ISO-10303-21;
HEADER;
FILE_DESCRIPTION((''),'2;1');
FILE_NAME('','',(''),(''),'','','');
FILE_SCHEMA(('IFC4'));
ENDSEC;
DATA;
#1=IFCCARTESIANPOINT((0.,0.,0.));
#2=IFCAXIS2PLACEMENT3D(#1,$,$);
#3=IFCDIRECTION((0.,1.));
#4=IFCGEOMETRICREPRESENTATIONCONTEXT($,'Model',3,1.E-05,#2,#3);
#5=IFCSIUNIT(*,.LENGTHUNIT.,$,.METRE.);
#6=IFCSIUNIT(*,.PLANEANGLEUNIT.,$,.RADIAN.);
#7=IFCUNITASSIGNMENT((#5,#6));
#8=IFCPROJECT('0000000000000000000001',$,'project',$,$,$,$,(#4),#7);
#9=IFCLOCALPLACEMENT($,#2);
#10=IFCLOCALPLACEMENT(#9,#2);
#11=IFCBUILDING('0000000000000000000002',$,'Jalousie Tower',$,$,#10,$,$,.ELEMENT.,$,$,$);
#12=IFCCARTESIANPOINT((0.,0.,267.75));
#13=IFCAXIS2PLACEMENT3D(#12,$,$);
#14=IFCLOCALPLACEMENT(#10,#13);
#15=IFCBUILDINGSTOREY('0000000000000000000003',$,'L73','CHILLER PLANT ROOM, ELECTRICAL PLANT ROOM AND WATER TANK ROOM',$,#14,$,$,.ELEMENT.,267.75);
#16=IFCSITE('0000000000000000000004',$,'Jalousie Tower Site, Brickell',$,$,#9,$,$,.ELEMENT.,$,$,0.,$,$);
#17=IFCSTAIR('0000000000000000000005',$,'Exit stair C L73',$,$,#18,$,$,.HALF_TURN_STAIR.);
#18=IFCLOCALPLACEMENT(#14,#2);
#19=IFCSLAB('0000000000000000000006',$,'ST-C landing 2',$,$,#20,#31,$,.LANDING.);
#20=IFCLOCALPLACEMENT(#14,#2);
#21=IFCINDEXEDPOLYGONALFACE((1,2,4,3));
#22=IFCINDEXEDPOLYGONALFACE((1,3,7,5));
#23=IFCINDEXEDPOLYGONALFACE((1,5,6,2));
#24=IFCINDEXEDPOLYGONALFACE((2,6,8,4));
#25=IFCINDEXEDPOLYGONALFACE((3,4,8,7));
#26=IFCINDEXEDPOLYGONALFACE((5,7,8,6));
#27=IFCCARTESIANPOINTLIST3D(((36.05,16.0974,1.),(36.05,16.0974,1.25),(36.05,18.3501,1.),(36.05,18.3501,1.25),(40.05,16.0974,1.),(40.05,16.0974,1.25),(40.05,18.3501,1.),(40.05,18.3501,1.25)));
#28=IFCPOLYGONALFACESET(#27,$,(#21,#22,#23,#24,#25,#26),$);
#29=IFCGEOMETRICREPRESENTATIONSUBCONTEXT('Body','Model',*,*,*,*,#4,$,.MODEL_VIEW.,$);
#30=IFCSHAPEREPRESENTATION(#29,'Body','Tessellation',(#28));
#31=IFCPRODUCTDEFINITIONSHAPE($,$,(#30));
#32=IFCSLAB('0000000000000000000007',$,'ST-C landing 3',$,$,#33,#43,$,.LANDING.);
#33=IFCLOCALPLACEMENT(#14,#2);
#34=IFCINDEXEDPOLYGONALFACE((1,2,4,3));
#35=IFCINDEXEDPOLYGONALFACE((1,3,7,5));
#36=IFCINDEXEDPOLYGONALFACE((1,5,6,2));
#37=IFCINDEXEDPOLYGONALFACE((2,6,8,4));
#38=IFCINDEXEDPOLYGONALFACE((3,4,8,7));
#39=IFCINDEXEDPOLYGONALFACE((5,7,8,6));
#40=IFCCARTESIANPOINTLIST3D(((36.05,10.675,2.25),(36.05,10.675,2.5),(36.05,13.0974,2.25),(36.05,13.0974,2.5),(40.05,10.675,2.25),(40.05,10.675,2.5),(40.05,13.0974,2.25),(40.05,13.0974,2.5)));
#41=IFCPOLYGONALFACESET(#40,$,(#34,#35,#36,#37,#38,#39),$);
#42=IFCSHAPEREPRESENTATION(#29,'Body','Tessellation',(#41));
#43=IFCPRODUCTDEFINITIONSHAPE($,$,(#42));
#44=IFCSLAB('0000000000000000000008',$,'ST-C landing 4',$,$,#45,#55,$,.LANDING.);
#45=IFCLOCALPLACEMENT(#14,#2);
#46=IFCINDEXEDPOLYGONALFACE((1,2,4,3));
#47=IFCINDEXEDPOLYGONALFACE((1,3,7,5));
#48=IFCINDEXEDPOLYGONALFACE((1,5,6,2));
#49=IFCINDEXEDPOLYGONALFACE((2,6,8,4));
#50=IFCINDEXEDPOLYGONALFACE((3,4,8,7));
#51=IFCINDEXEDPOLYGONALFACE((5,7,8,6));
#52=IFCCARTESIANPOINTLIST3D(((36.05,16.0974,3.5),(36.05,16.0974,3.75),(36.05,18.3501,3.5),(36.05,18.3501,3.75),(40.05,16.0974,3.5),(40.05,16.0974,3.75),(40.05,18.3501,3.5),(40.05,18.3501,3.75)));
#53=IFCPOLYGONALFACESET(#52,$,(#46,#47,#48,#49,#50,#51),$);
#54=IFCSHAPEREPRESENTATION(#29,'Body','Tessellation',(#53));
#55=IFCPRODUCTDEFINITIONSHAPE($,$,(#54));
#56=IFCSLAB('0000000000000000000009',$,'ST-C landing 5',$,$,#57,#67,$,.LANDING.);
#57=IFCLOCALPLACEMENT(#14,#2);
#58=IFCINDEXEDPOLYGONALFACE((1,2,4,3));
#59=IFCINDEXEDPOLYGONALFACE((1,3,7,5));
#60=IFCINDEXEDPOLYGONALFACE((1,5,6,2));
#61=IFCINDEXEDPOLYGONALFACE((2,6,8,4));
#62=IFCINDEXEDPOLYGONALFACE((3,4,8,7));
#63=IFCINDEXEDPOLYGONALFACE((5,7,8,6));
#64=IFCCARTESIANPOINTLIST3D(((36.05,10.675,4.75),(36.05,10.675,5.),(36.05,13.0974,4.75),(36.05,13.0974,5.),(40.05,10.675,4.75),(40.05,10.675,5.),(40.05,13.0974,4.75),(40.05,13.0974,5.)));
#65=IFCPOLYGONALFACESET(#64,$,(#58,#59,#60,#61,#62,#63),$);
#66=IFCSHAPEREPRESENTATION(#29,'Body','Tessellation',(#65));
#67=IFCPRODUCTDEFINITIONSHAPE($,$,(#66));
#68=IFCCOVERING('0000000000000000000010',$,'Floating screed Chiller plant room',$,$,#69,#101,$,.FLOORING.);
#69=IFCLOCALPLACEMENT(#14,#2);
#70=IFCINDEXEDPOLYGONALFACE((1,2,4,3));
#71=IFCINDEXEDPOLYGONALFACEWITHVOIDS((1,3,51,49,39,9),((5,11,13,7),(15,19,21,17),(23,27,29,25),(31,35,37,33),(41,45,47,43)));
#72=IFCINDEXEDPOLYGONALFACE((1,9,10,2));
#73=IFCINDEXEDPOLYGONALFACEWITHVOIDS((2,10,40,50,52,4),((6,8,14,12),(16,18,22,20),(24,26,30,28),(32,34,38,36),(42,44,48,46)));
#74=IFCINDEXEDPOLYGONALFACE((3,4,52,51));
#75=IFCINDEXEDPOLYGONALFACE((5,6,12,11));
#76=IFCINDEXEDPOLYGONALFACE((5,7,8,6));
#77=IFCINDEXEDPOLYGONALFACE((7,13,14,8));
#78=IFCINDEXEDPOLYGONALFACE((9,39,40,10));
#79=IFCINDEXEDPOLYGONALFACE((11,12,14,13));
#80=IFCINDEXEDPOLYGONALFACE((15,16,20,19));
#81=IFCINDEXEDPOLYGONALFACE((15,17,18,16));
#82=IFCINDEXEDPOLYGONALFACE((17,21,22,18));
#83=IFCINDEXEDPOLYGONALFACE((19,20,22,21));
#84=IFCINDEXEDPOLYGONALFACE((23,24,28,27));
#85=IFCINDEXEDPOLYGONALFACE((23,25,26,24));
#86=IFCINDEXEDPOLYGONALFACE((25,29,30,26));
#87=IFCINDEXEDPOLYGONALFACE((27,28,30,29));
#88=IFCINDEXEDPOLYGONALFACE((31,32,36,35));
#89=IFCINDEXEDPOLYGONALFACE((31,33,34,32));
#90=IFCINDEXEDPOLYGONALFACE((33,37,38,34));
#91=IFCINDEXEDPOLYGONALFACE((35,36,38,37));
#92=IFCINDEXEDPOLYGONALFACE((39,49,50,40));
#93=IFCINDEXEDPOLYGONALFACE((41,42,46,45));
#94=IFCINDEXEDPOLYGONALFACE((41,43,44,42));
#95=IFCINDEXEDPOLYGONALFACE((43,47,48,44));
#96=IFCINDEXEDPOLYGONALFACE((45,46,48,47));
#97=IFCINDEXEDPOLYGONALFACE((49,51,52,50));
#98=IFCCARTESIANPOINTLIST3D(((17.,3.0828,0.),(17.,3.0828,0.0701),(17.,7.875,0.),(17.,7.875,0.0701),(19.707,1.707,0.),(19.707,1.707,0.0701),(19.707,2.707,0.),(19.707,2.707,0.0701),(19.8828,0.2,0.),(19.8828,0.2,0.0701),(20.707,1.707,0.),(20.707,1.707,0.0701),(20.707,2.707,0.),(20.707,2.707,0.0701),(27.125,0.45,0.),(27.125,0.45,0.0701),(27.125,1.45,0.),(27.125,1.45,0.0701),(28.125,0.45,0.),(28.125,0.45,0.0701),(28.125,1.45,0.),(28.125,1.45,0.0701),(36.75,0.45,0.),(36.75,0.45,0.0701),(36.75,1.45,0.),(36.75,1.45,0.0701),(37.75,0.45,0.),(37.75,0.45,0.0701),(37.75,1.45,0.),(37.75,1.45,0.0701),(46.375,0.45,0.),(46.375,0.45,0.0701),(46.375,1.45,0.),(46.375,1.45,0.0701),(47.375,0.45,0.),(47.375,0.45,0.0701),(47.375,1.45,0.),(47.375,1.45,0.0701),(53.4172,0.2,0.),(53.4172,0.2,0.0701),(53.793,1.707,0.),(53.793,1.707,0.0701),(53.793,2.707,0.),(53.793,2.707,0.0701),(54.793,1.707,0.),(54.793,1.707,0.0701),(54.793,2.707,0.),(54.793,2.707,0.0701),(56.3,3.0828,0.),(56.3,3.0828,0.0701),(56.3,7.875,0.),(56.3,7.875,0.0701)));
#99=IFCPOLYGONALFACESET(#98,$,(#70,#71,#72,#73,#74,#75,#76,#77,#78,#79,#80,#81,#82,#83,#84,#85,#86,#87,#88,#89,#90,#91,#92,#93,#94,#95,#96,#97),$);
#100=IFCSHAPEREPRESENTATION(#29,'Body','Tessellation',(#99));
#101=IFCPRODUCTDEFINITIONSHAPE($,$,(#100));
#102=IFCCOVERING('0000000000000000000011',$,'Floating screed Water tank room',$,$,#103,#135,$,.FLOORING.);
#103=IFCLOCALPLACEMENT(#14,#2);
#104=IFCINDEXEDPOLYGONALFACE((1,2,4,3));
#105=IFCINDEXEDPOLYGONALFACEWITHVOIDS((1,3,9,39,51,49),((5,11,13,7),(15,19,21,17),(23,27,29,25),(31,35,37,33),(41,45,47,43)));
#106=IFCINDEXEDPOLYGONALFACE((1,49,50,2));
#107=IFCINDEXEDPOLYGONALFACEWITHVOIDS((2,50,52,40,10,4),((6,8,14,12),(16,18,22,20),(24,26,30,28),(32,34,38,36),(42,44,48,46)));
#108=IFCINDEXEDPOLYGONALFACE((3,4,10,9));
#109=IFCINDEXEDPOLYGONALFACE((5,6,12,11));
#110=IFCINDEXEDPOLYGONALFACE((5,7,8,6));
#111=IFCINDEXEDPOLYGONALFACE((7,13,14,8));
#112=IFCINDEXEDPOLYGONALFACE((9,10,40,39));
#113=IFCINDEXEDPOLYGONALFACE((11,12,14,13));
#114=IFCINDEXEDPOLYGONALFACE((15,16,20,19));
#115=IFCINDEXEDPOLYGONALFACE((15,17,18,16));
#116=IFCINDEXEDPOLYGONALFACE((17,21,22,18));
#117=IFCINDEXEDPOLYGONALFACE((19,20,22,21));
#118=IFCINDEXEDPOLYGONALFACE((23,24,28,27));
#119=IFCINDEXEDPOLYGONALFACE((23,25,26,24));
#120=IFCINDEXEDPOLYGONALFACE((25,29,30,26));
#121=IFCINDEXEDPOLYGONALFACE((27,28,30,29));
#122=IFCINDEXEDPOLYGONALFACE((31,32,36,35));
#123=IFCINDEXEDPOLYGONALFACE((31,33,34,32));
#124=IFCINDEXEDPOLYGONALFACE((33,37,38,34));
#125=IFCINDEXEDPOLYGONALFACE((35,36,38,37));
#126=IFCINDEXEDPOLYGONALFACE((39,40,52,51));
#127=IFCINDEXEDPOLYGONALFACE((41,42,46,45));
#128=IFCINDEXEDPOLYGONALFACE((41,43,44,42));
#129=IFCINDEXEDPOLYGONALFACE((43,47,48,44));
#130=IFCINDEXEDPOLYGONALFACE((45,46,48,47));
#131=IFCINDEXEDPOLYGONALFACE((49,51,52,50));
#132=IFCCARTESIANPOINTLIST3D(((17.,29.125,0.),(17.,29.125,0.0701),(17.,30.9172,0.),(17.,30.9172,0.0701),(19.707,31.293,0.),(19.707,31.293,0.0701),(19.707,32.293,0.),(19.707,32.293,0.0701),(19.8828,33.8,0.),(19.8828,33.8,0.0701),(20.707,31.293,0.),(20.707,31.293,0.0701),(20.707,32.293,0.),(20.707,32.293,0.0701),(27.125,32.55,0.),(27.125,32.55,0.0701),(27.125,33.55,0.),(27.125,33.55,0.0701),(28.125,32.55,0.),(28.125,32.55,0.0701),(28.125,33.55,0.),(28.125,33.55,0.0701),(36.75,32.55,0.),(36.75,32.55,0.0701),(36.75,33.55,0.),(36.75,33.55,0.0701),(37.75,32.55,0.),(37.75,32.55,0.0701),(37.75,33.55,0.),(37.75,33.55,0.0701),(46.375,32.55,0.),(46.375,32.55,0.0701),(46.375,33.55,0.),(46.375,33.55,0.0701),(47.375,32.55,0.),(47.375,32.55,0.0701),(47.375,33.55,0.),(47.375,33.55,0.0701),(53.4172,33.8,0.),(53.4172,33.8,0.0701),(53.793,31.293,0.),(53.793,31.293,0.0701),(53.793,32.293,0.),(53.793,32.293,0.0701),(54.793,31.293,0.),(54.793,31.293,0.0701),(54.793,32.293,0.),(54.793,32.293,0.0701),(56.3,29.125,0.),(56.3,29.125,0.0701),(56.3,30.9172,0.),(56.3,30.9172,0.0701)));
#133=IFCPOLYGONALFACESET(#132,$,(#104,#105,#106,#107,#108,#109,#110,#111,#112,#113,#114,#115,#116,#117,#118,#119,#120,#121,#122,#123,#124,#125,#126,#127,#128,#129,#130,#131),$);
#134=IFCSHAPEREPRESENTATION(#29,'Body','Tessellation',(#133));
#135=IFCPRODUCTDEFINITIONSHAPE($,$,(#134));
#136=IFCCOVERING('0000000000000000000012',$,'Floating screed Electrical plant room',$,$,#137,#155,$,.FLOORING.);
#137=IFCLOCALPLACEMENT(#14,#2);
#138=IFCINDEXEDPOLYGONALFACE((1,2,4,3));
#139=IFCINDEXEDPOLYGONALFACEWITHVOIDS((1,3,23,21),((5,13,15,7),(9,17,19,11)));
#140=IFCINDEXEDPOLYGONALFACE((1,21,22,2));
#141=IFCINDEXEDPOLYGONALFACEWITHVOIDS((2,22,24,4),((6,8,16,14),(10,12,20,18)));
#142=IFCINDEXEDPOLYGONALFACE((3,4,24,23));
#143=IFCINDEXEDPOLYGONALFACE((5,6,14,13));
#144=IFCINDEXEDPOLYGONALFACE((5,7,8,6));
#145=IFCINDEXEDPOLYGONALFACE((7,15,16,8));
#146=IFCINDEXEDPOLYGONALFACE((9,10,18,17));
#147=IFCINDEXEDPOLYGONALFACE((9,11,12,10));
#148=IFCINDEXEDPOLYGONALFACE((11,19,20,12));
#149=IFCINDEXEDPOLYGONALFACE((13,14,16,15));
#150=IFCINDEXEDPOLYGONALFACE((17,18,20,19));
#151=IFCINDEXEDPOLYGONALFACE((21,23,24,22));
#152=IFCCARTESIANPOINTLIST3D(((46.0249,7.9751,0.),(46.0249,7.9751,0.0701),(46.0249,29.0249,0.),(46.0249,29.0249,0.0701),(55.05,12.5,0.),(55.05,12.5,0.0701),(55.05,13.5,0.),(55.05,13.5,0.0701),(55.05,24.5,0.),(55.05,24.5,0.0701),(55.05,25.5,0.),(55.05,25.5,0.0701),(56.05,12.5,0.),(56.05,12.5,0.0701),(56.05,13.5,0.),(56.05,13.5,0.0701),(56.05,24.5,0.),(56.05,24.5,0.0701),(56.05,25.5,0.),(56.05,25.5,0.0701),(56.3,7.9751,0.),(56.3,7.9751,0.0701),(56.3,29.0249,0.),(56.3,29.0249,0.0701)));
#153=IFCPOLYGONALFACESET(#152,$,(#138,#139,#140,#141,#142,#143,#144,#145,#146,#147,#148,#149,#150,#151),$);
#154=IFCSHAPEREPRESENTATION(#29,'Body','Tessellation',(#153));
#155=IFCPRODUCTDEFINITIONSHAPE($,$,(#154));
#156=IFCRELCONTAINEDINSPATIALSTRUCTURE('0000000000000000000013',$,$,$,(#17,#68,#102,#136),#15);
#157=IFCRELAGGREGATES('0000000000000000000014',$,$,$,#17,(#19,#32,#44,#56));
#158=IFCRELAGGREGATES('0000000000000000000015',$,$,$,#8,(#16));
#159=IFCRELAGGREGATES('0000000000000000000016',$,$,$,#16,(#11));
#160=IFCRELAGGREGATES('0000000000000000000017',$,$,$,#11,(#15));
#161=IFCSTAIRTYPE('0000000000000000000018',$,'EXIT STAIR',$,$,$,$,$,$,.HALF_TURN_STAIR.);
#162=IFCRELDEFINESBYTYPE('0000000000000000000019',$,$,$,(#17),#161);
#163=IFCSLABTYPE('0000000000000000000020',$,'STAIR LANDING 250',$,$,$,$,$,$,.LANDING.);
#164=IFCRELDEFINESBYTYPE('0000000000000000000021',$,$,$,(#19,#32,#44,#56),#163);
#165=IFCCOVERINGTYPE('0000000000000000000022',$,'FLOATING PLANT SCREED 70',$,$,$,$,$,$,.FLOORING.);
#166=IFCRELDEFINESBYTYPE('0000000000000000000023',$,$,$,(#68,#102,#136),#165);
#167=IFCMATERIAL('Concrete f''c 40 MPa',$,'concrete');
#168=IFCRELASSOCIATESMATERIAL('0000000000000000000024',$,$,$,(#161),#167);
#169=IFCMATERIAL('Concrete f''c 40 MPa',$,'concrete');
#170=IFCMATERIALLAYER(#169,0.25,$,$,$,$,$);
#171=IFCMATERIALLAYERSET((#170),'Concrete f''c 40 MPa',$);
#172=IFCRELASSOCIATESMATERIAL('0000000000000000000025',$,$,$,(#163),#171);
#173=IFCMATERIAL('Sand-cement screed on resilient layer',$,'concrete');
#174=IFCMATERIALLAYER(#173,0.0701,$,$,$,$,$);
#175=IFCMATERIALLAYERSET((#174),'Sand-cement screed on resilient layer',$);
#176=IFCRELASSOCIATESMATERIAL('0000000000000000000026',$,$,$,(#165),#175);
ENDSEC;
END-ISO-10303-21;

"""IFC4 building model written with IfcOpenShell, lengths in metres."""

from ifc_helpers import new_model, si_unit, direction, frame, origin, place, context, subcontext, project, spatial, polyline, outline, extrude, material, layer, layer_set, type_object, element, aggregate, save


model = new_model("IFC4")

# Units and contexts
model_context = context("Model", 3, precision=1e-05, world=origin(), true_north=direction((0.0, 1.0)))
body_context = subcontext(model_context, "Body", "Model", "MODEL_VIEW")
ifc_project = project(units=[si_unit("LENGTHUNIT", "METRE"), si_unit("PLANEANGLEUNIT", "RADIAN")], contexts=[model_context])

# Site, building, storey
site_placement = place(None, origin())
site = spatial("IfcSite", under=ifc_project, at=site_placement, Name="Jalousie Tower Site, Brickell", CompositionType="ELEMENT", RefElevation=0.0)
building_placement = place(site_placement, origin())
building = spatial("IfcBuilding", under=site, at=building_placement, Name="Jalousie Tower", CompositionType="ELEMENT")
storey_placement = place(building_placement, frame((0.0, 0.0, 267.75)))
storey = spatial("IfcBuildingStorey", under=building, at=storey_placement, Name="L73", Description="CHILLER PLANT ROOM, ELECTRICAL PLANT ROOM AND WATER TANK ROOM", CompositionType="ELEMENT", Elevation=267.75)

# Stair, slabs
ifc_material_1 = material(Name="Concrete f'c 40 MPa", Category="concrete")
stair_type = type_object("IfcStairType", Name="EXIT STAIR", PredefinedType="HALF_TURN_STAIR", material=ifc_material_1)
ifc_material_2 = material(Name="Concrete f'c 40 MPa", Category="concrete")
ifc_layer_1 = layer(ifc_material_2, 0.25)
ifc_layer_set_1 = layer_set([ifc_layer_1], Name="Concrete f'c 40 MPa")
slab_type_1 = type_object("IfcSlabType", Name="STAIR LANDING 250", PredefinedType="LANDING", material=ifc_layer_set_1)
stair_1_placement = place(storey_placement, origin())
stair_1 = element("IfcStair", 1, at=stair_1_placement, inside=storey, type_object=stair_type, Name="Exit stair C L73", PredefinedType="HALF_TURN_STAIR")
slab_1_placement = place(storey_placement, frame((0.0, 0.0, 1.0)))
slab_1 = element("IfcSlab", 2, at=slab_1_placement, type_object=slab_type_1, Name="ST-C landing 2", PredefinedType="LANDING", context=body_context, shape_type="SweptSolid", body=[
    extrude(outline(polyline([(36.05, 16.0974), (40.05, 16.0974), (40.05, 18.3501), (36.05, 18.3501), (36.05, 16.0974)])), origin(), (0.0, 0.0, 1.0), 0.25),
])
slab_2_placement = place(storey_placement, frame((0.0, 0.0, 2.25)))
slab_2 = element("IfcSlab", 3, at=slab_2_placement, type_object=slab_type_1, Name="ST-C landing 3", PredefinedType="LANDING", context=body_context, shape_type="SweptSolid", body=[
    extrude(outline(polyline([(36.05, 10.675), (40.05, 10.675), (40.05, 13.0974), (36.05, 13.0974), (36.05, 10.675)])), origin(), (0.0, 0.0, 1.0), 0.25),
])
slab_3_placement = place(storey_placement, frame((0.0, 0.0, 3.5)))
slab_3 = element("IfcSlab", 4, at=slab_3_placement, type_object=slab_type_1, Name="ST-C landing 4", PredefinedType="LANDING", context=body_context, shape_type="SweptSolid", body=[
    extrude(outline(polyline([(36.05, 16.0974), (40.05, 16.0974), (40.05, 18.3501), (36.05, 18.3501), (36.05, 16.0974)])), origin(), (0.0, 0.0, 1.0), 0.25),
])
slab_4_placement = place(storey_placement, frame((0.0, 0.0, 4.75)))
slab_4 = element("IfcSlab", 5, at=slab_4_placement, type_object=slab_type_1, Name="ST-C landing 5", PredefinedType="LANDING", context=body_context, shape_type="SweptSolid", body=[
    extrude(outline(polyline([(36.05, 10.675), (40.05, 10.675), (40.05, 13.0974), (36.05, 13.0974), (36.05, 10.675)])), origin(), (0.0, 0.0, 1.0), 0.25),
])
aggregate(stair_1, [slab_1, slab_2, slab_3, slab_4])

# Coverings
ifc_material_3 = material(Name="Sand-cement screed on resilient layer", Category="concrete")
ifc_layer_2 = layer(ifc_material_3, 0.0701)
ifc_layer_set_2 = layer_set([ifc_layer_2], Name="Sand-cement screed on resilient layer")
covering_type = type_object("IfcCoveringType", Name="FLOATING PLANT SCREED 70", PredefinedType="FLOORING", material=ifc_layer_set_2)
covering_1_placement = place(storey_placement, origin())
element("IfcCovering", 6, at=covering_1_placement, inside=storey, type_object=covering_type, Name="Floating screed Chiller plant room", PredefinedType="FLOORING", context=body_context, shape_type="SweptSolid", body=[
    extrude(outline(polyline([(56.3, 3.0828), (53.4172, 0.2), (19.8828, 0.2), (17.0, 3.0828), (17.0, 7.875), (56.3, 7.875), (56.3, 3.0828)]), holes=[polyline([(53.793, 1.707), (54.793, 1.707), (54.793, 2.707), (53.793, 2.707), (53.793, 1.707)]), polyline([(46.375, 0.45), (47.375, 0.45), (47.375, 1.45), (46.375, 1.45), (46.375, 0.45)]), polyline([(36.75, 0.45), (37.75, 0.45), (37.75, 1.45), (36.75, 1.45), (36.75, 0.45)]), polyline([(27.125, 0.45), (28.125, 0.45), (28.125, 1.45), (27.125, 1.45), (27.125, 0.45)]), polyline([(19.707, 1.707), (20.707, 1.707), (20.707, 2.707), (19.707, 2.707), (19.707, 1.707)])]), origin(), (0.0, 0.0, 1.0), 0.0701),
])
covering_2_placement = place(storey_placement, origin())
element("IfcCovering", 7, at=covering_2_placement, inside=storey, type_object=covering_type, Name="Floating screed Water tank room", PredefinedType="FLOORING", context=body_context, shape_type="SweptSolid", body=[
    extrude(outline(polyline([(17.0, 30.9172), (19.8828, 33.8), (53.4172, 33.8), (56.3, 30.9172), (56.3, 29.125), (17.0, 29.125), (17.0, 30.9172)]), holes=[polyline([(53.793, 31.293), (54.793, 31.293), (54.793, 32.293), (53.793, 32.293), (53.793, 31.293)]), polyline([(46.375, 33.55), (46.375, 32.55), (47.375, 32.55), (47.375, 33.55), (46.375, 33.55)]), polyline([(36.75, 33.55), (36.75, 32.55), (37.75, 32.55), (37.75, 33.55), (36.75, 33.55)]), polyline([(27.125, 32.55), (28.125, 32.55), (28.125, 33.55), (27.125, 33.55), (27.125, 32.55)]), polyline([(19.707, 31.293), (20.707, 31.293), (20.707, 32.293), (19.707, 32.293), (19.707, 31.293)])]), origin(), (0.0, 0.0, 1.0), 0.0701),
])
covering_3_placement = place(storey_placement, origin())
element("IfcCovering", 8, at=covering_3_placement, inside=storey, type_object=covering_type, Name="Floating screed Electrical plant room", PredefinedType="FLOORING", context=body_context, shape_type="SweptSolid", body=[
    extrude(outline(polyline([(56.3, 29.0249), (56.3, 7.9751), (46.0249, 7.9751), (46.0249, 29.0249), (56.3, 29.0249)]), holes=[polyline([(55.05, 12.5), (56.05, 12.5), (56.05, 13.5), (55.05, 13.5), (55.05, 12.5)]), polyline([(55.05, 24.5), (56.05, 24.5), (56.05, 25.5), (55.05, 25.5), (55.05, 24.5)])]), origin(), (0.0, 0.0, 1.0), 0.0701),
])

save(model, "model.ifc")
